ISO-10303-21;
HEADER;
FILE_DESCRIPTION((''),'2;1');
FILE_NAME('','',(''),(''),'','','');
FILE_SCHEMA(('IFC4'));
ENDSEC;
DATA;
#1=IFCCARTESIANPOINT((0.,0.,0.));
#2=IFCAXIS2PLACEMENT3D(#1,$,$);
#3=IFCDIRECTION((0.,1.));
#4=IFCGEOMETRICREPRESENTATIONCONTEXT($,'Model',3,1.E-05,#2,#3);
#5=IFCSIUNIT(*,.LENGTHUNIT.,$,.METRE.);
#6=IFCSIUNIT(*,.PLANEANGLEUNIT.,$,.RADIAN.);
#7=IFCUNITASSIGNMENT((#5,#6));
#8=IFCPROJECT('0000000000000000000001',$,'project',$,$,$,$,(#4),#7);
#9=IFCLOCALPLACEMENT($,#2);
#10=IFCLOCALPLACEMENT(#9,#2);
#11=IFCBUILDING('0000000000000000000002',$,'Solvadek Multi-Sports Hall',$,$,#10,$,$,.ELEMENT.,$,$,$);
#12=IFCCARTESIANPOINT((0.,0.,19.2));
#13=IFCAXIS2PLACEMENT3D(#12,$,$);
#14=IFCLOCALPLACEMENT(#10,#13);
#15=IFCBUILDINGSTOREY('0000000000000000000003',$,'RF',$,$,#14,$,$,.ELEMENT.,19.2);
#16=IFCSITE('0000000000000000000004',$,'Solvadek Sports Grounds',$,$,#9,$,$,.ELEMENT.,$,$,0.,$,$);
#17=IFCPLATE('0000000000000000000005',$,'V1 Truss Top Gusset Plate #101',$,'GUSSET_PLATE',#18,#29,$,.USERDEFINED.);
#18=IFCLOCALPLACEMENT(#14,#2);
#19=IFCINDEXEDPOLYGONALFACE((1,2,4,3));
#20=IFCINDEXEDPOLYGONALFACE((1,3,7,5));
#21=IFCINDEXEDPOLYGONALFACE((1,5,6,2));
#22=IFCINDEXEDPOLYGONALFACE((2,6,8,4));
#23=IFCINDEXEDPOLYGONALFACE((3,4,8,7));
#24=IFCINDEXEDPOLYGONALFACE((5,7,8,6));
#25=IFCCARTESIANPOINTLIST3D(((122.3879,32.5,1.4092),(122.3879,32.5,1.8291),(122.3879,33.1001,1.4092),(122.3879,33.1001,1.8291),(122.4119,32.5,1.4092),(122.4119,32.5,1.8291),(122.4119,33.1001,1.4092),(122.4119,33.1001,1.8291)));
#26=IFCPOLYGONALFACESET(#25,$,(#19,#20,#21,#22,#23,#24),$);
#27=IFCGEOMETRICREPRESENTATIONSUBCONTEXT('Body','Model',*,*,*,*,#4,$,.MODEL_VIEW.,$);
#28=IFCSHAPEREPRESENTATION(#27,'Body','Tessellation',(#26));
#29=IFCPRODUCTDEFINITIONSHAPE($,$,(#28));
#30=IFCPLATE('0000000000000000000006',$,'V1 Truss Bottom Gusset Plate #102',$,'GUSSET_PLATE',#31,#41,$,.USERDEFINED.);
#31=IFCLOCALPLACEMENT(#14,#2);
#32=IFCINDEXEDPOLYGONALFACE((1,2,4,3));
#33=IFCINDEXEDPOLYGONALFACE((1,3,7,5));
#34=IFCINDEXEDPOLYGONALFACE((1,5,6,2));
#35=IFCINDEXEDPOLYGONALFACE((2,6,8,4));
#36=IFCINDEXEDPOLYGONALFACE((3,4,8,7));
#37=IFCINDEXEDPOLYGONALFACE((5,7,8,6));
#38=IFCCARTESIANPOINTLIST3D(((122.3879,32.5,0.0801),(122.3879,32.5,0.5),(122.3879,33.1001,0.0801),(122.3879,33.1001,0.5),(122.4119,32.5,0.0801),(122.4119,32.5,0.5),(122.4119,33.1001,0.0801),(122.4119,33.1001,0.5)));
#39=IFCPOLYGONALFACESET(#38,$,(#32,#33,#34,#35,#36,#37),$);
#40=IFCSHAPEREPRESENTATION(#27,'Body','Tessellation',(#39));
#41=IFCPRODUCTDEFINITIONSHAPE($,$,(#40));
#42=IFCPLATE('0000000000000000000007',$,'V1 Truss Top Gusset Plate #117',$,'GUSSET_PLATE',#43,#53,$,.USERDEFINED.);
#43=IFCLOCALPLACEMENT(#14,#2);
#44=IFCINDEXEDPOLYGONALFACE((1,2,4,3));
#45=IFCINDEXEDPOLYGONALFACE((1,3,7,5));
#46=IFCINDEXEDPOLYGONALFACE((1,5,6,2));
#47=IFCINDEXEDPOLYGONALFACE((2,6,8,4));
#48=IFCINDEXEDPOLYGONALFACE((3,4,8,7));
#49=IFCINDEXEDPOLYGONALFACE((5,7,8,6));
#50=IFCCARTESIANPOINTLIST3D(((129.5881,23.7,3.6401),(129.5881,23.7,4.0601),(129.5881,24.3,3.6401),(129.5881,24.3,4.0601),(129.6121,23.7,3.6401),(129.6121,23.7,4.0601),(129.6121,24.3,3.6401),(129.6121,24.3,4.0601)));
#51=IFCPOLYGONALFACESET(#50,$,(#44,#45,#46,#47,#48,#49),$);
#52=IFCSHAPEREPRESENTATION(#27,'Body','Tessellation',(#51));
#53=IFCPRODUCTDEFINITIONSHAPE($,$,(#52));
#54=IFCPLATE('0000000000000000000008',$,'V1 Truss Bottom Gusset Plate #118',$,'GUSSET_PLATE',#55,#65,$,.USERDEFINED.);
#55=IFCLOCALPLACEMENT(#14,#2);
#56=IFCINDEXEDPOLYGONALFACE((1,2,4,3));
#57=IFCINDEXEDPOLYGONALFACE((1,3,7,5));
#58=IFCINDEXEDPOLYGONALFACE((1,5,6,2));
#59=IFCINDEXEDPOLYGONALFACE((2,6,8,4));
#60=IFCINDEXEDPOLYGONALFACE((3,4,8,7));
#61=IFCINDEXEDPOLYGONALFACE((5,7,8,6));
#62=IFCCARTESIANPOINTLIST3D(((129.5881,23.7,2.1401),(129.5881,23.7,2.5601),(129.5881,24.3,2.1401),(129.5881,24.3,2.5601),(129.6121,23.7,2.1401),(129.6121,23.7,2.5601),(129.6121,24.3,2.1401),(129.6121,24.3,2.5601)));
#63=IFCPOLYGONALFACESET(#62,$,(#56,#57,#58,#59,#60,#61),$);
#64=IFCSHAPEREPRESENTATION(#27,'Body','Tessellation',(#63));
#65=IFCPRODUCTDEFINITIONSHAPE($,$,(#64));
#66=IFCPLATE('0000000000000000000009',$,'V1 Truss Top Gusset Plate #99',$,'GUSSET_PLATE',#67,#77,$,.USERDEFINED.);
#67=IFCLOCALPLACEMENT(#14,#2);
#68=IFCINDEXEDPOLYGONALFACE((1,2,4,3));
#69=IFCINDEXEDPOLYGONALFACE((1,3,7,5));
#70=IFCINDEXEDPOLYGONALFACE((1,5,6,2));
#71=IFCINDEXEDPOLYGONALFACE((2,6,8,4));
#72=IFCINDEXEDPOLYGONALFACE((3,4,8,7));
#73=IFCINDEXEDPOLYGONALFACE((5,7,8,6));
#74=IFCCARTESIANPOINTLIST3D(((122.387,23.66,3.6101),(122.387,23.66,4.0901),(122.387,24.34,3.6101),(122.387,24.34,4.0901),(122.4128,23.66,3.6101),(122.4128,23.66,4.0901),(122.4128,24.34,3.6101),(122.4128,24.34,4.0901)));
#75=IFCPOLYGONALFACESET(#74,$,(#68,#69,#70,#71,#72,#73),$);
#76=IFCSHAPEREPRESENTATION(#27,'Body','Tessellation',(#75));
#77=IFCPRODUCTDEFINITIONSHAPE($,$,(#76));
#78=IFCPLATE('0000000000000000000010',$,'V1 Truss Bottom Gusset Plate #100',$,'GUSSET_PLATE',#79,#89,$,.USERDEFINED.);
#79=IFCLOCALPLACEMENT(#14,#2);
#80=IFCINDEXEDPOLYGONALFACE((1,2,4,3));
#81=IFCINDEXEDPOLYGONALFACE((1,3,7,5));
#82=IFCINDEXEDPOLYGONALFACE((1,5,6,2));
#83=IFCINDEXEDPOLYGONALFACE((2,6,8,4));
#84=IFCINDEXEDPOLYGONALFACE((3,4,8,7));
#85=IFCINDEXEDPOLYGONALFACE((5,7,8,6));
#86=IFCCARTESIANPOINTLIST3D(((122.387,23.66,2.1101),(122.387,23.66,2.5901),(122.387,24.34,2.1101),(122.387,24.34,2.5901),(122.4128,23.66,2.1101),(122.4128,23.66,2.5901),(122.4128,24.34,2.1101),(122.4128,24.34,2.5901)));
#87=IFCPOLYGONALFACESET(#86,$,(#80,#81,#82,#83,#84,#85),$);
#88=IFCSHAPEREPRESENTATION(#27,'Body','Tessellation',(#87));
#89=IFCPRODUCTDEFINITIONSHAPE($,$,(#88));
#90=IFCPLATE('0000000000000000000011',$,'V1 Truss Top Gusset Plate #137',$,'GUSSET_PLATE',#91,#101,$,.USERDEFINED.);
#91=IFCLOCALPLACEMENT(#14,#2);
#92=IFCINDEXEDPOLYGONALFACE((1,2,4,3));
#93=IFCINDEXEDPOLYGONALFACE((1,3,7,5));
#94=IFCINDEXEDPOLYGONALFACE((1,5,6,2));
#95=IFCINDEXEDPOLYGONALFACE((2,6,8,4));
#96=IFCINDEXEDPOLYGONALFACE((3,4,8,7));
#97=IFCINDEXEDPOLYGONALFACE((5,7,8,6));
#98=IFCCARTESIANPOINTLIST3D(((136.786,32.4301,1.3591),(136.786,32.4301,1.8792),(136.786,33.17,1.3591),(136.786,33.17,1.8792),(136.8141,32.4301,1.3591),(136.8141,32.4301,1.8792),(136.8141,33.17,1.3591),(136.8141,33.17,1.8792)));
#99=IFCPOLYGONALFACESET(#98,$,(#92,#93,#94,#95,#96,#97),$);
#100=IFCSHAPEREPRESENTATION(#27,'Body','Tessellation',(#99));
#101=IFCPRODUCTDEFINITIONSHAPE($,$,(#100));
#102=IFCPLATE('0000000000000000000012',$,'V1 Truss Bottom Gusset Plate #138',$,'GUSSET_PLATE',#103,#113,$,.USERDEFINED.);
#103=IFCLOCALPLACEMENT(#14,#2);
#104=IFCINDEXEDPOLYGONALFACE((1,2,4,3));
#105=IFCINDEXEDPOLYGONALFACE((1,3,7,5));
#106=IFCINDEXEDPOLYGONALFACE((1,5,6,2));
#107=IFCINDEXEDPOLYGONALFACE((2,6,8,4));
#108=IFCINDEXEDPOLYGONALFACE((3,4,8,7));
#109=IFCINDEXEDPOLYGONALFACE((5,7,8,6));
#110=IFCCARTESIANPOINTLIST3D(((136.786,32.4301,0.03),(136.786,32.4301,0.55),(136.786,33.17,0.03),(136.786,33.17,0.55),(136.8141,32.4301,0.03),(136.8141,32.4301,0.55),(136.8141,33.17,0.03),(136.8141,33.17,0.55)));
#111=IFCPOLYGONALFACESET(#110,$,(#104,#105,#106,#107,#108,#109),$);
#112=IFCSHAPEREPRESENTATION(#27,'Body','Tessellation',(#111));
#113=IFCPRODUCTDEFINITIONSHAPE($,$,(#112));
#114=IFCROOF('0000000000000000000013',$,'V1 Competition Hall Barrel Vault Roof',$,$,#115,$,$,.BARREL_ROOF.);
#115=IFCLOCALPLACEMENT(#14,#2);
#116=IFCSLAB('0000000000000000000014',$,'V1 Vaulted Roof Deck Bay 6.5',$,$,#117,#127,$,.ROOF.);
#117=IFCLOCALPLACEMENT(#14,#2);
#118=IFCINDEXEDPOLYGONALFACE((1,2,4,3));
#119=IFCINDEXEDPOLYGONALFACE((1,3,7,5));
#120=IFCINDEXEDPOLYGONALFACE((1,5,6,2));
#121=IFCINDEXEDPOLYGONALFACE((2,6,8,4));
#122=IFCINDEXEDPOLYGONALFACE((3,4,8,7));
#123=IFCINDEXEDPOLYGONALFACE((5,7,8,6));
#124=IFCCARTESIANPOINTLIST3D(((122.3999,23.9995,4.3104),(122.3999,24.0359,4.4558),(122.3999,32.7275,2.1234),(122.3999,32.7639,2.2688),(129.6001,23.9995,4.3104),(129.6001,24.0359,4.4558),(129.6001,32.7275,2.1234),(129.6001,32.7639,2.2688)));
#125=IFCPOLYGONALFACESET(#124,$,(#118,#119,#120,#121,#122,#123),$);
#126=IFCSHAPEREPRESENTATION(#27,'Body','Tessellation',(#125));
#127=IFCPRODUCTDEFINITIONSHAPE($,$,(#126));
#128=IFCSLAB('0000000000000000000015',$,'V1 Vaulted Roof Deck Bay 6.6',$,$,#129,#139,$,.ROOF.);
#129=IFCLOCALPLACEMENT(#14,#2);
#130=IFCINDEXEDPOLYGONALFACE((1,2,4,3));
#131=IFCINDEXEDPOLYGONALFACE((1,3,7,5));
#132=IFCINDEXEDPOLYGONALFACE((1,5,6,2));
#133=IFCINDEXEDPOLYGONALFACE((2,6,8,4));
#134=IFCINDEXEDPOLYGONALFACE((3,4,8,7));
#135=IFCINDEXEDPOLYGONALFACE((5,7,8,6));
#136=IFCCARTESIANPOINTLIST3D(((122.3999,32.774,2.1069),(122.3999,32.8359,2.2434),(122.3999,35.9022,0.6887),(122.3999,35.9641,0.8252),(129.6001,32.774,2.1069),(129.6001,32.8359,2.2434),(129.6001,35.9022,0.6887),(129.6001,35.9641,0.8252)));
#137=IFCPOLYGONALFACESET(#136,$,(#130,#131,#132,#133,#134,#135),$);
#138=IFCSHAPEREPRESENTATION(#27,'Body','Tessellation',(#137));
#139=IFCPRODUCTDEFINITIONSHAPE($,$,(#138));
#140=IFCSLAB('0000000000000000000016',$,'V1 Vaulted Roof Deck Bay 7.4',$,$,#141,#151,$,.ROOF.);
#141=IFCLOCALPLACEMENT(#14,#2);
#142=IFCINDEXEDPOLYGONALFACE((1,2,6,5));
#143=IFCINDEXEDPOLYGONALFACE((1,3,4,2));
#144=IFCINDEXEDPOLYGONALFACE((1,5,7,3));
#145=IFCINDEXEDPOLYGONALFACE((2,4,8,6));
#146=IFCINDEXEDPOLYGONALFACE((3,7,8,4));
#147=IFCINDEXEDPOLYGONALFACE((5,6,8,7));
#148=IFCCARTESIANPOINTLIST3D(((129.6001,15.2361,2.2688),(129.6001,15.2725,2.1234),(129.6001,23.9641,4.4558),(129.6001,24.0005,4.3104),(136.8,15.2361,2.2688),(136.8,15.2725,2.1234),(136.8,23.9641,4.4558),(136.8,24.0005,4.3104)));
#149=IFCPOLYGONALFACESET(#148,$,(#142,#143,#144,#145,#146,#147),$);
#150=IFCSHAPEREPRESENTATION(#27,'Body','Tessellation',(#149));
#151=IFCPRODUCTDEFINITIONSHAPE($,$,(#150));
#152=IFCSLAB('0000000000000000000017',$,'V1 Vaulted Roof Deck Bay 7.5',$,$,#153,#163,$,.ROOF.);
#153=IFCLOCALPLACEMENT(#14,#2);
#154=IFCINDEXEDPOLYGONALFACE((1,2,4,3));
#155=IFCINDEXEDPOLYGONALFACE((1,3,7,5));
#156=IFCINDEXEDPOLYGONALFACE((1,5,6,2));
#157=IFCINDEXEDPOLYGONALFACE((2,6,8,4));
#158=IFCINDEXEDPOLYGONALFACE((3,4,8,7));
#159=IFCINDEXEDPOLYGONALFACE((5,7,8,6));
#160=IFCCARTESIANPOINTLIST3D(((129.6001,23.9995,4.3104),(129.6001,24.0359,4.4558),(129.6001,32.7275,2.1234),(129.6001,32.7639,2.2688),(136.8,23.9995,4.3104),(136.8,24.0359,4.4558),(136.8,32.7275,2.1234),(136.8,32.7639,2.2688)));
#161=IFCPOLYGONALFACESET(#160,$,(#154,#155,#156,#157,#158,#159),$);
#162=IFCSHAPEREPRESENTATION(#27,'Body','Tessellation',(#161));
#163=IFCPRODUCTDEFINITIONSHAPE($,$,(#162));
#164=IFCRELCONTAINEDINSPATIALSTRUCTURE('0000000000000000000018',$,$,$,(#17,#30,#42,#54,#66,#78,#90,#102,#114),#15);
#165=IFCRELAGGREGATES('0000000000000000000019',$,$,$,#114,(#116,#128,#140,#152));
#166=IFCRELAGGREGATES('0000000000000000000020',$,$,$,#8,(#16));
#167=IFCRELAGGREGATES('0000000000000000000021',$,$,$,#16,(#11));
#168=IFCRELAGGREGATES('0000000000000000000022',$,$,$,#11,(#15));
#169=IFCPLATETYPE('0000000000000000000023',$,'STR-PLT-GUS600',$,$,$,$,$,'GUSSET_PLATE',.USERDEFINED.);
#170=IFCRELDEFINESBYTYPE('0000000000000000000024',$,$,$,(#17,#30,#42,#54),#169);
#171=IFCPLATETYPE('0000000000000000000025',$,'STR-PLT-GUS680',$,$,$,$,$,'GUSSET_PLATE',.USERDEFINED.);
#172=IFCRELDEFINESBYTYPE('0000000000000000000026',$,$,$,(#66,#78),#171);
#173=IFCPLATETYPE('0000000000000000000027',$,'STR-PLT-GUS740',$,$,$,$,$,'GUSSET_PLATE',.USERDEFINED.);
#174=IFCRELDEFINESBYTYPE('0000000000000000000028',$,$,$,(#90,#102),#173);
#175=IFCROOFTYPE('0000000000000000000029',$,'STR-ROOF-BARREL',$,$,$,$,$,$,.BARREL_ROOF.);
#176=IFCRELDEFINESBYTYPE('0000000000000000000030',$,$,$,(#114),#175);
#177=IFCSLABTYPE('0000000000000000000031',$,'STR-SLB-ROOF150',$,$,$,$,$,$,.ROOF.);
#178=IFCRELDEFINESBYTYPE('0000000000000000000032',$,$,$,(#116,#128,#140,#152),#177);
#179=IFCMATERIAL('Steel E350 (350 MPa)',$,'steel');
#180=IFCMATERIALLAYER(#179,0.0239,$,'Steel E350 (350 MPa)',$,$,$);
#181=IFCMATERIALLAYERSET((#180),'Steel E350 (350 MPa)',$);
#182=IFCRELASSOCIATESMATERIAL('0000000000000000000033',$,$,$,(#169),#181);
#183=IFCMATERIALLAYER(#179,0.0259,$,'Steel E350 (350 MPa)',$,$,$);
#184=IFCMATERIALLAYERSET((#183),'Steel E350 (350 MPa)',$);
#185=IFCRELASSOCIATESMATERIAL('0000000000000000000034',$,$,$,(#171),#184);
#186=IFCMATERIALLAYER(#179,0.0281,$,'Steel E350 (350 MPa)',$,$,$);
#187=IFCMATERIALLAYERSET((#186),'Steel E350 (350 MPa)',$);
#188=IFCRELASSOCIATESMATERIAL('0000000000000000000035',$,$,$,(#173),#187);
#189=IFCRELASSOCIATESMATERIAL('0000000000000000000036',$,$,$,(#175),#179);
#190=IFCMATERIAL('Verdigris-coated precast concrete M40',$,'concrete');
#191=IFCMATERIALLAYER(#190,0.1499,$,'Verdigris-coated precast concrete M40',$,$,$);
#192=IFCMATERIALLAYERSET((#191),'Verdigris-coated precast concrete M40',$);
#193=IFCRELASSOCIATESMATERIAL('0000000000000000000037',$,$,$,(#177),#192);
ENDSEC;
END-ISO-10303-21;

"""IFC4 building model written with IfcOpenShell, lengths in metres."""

from ifc_helpers import new_model, si_unit, direction, frame, origin, origin_2d, place, context, subcontext, project, spatial, polyline, rectangle, outline, extrude, material, layer, layer_set, type_object, element, aggregate, save


model = new_model("IFC4")

# Units and contexts
model_context = context("Model", 3, precision=1e-05, world=origin(), true_north=direction((0.0, 1.0)))
body_context = subcontext(model_context, "Body", "Model", "MODEL_VIEW")
ifc_project = project(units=[si_unit("LENGTHUNIT", "METRE"), si_unit("PLANEANGLEUNIT", "RADIAN")], contexts=[model_context])

# Site, building, storey
site_placement = place(None, origin())
site = spatial("IfcSite", under=ifc_project, at=site_placement, Name="Solvadek Sports Grounds", CompositionType="ELEMENT", RefElevation=0.0)
building_placement = place(site_placement, origin())
building = spatial("IfcBuilding", under=site, at=building_placement, Name="Solvadek Multi-Sports Hall", CompositionType="ELEMENT")
storey_placement = place(building_placement, frame((0.0, 0.0, 19.2)))
storey = spatial("IfcBuildingStorey", under=building, at=storey_placement, Name="RF", CompositionType="ELEMENT", Elevation=19.2)

# Shared definitions
ifc_material_1 = material(Name="Steel E350 (350 MPa)", Category="steel")

# Plates
ifc_layer_1 = layer(ifc_material_1, 0.0239, Name="Steel E350 (350 MPa)")
ifc_layer_set_1 = layer_set([ifc_layer_1], Name="Steel E350 (350 MPa)")
plate_type_1 = type_object("IfcPlateType", Name="STR-PLT-GUS600", ElementType="GUSSET_PLATE", PredefinedType="USERDEFINED", material=ifc_layer_set_1)
for number, where, z_axis, x_axis, name in (
    (1, (122.3999, 32.8, 1.4092), (0.0, 0.0, 1.0), (0.0, 1.0, 0.0), "V1 Truss Top Gusset Plate #101"),
    (2, (122.3999, 32.8, 0.0801), (0.0, 0.0, 1.0), (0.0, 1.0, 0.0), "V1 Truss Bottom Gusset Plate #102"),
    (3, (129.6001, 24.0, 3.6401), (0.0, 0.0, 1.0), (0.0, 1.0, 0.0), "V1 Truss Top Gusset Plate #117"),
    (4, (129.6001, 24.0, 2.1401), (0.0, 0.0, 1.0), (0.0, 1.0, 0.0), "V1 Truss Bottom Gusset Plate #118"),
):
    element("IfcPlate", number, at=place(storey_placement, frame(where, z_axis=z_axis, x_axis=x_axis)), inside=storey, type_object=plate_type_1, Name=name, ObjectType="GUSSET_PLATE", PredefinedType="USERDEFINED", context=body_context, shape_type="SweptSolid", body=[
        extrude(rectangle(XDim=0.6001, YDim=0.0239, at=origin_2d()), origin(), (0.0, 0.0, 1.0), 0.4199),
    ])
ifc_layer_2 = layer(ifc_material_1, 0.0259, Name="Steel E350 (350 MPa)")
ifc_layer_set_2 = layer_set([ifc_layer_2], Name="Steel E350 (350 MPa)")
plate_type_2 = type_object("IfcPlateType", Name="STR-PLT-GUS680", ElementType="GUSSET_PLATE", PredefinedType="USERDEFINED", material=ifc_layer_set_2)
for number, where, z_axis, x_axis, name in (
    (5, (122.3999, 24.0, 3.6101), (0.0, 0.0, 1.0), (0.0, 1.0, 0.0), "V1 Truss Top Gusset Plate #99"),
    (6, (122.3999, 24.0, 2.1101), (0.0, 0.0, 1.0), (0.0, 1.0, 0.0), "V1 Truss Bottom Gusset Plate #100"),
):
    element("IfcPlate", number, at=place(storey_placement, frame(where, z_axis=z_axis, x_axis=x_axis)), inside=storey, type_object=plate_type_2, Name=name, ObjectType="GUSSET_PLATE", PredefinedType="USERDEFINED", context=body_context, shape_type="SweptSolid", body=[
        extrude(rectangle(XDim=0.6799, YDim=0.0259, at=origin_2d()), origin(), (0.0, 0.0, 1.0), 0.48),
    ])
ifc_layer_3 = layer(ifc_material_1, 0.0281, Name="Steel E350 (350 MPa)")
ifc_layer_set_3 = layer_set([ifc_layer_3], Name="Steel E350 (350 MPa)")
plate_type_3 = type_object("IfcPlateType", Name="STR-PLT-GUS740", ElementType="GUSSET_PLATE", PredefinedType="USERDEFINED", material=ifc_layer_set_3)
for number, where, z_axis, x_axis, name in (
    (7, (136.8, 32.8, 1.3591), (0.0, 0.0, 1.0), (0.0, 1.0, 0.0), "V1 Truss Top Gusset Plate #137"),
    (8, (136.8, 32.8, 0.03), (0.0, 0.0, 1.0), (0.0, 1.0, 0.0), "V1 Truss Bottom Gusset Plate #138"),
):
    element("IfcPlate", number, at=place(storey_placement, frame(where, z_axis=z_axis, x_axis=x_axis)), inside=storey, type_object=plate_type_3, Name=name, ObjectType="GUSSET_PLATE", PredefinedType="USERDEFINED", context=body_context, shape_type="SweptSolid", body=[
        extrude(rectangle(XDim=0.74, YDim=0.0281, at=origin_2d()), origin(), (0.0, 0.0, 1.0), 0.52),
    ])

# Roof, slabs
roof_type = type_object("IfcRoofType", Name="STR-ROOF-BARREL", PredefinedType="BARREL_ROOF", material=ifc_material_1)
roof_placement = place(storey_placement, origin())
roof = element("IfcRoof", 9, at=roof_placement, inside=storey, type_object=roof_type, Name="V1 Competition Hall Barrel Vault Roof", PredefinedType="BARREL_ROOF")
ifc_material_2 = material(Name="Verdigris-coated precast concrete M40", Category="concrete")
ifc_layer_4 = layer(ifc_material_2, 0.1499, Name="Verdigris-coated precast concrete M40")
ifc_layer_set_4 = layer_set([ifc_layer_4], Name="Verdigris-coated precast concrete M40")
slab_type = type_object("IfcSlabType", Name="STR-SLB-ROOF150", PredefinedType="ROOF", material=ifc_layer_set_4)
slab_1_placement = place(storey_placement, frame((122.3999, 24.0359, 4.4558), z_axis=(0.0, 0.243059, 0.970011), x_axis=(1.0, 0.0, 0.0)))
slab_1 = element("IfcSlab", 10, at=slab_1_placement, type_object=slab_type, Name="V1 Vaulted Roof Deck Bay 6.5", PredefinedType="ROOF", context=body_context, shape_type="SweptSolid", body=[
    extrude(outline(polyline([(0.0, 0.0), (7.2002, 0.0), (7.2002, 8.9979), (0.0, 8.9979), (0.0, 0.0)])), origin(), (0.0, 0.0, -1.0), 0.1499),
])
slab_2_placement = place(storey_placement, frame((122.3999, 32.8359, 2.2434), z_axis=(0.0, 0.412914, 0.91077), x_axis=(1.0, 0.0, 0.0)))
slab_2 = element("IfcSlab", 11, at=slab_2_placement, type_object=slab_type, Name="V1 Vaulted Roof Deck Bay 6.6", PredefinedType="ROOF", context=body_context, shape_type="SweptSolid", body=[
    extrude(outline(polyline([(0.0, 0.0), (7.2002, 0.0), (7.2002, 3.4346), (0.0, 3.4346), (0.0, 0.0)])), origin(), (0.0, 0.0, -1.0), 0.1499),
])
slab_3_placement = place(storey_placement, frame((129.6001, 15.2361, 2.2688), z_axis=(0.0, -0.243059, 0.970011), x_axis=(1.0, 0.0, 0.0)))
slab_3 = element("IfcSlab", 12, at=slab_3_placement, type_object=slab_type, Name="V1 Vaulted Roof Deck Bay 7.4", PredefinedType="ROOF", context=body_context, shape_type="SweptSolid", body=[
    extrude(outline(polyline([(0.0, 0.0), (7.2, 0.0), (7.2, 8.9979), (0.0, 8.9979), (0.0, 0.0)])), origin(), (0.0, 0.0, -1.0), 0.1499),
])
slab_4_placement = place(storey_placement, frame((129.6001, 24.0359, 4.4558), z_axis=(0.0, 0.243059, 0.970011), x_axis=(1.0, 0.0, 0.0)))
slab_4 = element("IfcSlab", 13, at=slab_4_placement, type_object=slab_type, Name="V1 Vaulted Roof Deck Bay 7.5", PredefinedType="ROOF", context=body_context, shape_type="SweptSolid", body=[
    extrude(outline(polyline([(0.0, 0.0), (7.2, 0.0), (7.2, 8.9979), (0.0, 8.9979), (0.0, 0.0)])), origin(), (0.0, 0.0, -1.0), 0.1499),
])
aggregate(roof, [slab_1, slab_2, slab_3, slab_4])

save(model, "model.ifc")
